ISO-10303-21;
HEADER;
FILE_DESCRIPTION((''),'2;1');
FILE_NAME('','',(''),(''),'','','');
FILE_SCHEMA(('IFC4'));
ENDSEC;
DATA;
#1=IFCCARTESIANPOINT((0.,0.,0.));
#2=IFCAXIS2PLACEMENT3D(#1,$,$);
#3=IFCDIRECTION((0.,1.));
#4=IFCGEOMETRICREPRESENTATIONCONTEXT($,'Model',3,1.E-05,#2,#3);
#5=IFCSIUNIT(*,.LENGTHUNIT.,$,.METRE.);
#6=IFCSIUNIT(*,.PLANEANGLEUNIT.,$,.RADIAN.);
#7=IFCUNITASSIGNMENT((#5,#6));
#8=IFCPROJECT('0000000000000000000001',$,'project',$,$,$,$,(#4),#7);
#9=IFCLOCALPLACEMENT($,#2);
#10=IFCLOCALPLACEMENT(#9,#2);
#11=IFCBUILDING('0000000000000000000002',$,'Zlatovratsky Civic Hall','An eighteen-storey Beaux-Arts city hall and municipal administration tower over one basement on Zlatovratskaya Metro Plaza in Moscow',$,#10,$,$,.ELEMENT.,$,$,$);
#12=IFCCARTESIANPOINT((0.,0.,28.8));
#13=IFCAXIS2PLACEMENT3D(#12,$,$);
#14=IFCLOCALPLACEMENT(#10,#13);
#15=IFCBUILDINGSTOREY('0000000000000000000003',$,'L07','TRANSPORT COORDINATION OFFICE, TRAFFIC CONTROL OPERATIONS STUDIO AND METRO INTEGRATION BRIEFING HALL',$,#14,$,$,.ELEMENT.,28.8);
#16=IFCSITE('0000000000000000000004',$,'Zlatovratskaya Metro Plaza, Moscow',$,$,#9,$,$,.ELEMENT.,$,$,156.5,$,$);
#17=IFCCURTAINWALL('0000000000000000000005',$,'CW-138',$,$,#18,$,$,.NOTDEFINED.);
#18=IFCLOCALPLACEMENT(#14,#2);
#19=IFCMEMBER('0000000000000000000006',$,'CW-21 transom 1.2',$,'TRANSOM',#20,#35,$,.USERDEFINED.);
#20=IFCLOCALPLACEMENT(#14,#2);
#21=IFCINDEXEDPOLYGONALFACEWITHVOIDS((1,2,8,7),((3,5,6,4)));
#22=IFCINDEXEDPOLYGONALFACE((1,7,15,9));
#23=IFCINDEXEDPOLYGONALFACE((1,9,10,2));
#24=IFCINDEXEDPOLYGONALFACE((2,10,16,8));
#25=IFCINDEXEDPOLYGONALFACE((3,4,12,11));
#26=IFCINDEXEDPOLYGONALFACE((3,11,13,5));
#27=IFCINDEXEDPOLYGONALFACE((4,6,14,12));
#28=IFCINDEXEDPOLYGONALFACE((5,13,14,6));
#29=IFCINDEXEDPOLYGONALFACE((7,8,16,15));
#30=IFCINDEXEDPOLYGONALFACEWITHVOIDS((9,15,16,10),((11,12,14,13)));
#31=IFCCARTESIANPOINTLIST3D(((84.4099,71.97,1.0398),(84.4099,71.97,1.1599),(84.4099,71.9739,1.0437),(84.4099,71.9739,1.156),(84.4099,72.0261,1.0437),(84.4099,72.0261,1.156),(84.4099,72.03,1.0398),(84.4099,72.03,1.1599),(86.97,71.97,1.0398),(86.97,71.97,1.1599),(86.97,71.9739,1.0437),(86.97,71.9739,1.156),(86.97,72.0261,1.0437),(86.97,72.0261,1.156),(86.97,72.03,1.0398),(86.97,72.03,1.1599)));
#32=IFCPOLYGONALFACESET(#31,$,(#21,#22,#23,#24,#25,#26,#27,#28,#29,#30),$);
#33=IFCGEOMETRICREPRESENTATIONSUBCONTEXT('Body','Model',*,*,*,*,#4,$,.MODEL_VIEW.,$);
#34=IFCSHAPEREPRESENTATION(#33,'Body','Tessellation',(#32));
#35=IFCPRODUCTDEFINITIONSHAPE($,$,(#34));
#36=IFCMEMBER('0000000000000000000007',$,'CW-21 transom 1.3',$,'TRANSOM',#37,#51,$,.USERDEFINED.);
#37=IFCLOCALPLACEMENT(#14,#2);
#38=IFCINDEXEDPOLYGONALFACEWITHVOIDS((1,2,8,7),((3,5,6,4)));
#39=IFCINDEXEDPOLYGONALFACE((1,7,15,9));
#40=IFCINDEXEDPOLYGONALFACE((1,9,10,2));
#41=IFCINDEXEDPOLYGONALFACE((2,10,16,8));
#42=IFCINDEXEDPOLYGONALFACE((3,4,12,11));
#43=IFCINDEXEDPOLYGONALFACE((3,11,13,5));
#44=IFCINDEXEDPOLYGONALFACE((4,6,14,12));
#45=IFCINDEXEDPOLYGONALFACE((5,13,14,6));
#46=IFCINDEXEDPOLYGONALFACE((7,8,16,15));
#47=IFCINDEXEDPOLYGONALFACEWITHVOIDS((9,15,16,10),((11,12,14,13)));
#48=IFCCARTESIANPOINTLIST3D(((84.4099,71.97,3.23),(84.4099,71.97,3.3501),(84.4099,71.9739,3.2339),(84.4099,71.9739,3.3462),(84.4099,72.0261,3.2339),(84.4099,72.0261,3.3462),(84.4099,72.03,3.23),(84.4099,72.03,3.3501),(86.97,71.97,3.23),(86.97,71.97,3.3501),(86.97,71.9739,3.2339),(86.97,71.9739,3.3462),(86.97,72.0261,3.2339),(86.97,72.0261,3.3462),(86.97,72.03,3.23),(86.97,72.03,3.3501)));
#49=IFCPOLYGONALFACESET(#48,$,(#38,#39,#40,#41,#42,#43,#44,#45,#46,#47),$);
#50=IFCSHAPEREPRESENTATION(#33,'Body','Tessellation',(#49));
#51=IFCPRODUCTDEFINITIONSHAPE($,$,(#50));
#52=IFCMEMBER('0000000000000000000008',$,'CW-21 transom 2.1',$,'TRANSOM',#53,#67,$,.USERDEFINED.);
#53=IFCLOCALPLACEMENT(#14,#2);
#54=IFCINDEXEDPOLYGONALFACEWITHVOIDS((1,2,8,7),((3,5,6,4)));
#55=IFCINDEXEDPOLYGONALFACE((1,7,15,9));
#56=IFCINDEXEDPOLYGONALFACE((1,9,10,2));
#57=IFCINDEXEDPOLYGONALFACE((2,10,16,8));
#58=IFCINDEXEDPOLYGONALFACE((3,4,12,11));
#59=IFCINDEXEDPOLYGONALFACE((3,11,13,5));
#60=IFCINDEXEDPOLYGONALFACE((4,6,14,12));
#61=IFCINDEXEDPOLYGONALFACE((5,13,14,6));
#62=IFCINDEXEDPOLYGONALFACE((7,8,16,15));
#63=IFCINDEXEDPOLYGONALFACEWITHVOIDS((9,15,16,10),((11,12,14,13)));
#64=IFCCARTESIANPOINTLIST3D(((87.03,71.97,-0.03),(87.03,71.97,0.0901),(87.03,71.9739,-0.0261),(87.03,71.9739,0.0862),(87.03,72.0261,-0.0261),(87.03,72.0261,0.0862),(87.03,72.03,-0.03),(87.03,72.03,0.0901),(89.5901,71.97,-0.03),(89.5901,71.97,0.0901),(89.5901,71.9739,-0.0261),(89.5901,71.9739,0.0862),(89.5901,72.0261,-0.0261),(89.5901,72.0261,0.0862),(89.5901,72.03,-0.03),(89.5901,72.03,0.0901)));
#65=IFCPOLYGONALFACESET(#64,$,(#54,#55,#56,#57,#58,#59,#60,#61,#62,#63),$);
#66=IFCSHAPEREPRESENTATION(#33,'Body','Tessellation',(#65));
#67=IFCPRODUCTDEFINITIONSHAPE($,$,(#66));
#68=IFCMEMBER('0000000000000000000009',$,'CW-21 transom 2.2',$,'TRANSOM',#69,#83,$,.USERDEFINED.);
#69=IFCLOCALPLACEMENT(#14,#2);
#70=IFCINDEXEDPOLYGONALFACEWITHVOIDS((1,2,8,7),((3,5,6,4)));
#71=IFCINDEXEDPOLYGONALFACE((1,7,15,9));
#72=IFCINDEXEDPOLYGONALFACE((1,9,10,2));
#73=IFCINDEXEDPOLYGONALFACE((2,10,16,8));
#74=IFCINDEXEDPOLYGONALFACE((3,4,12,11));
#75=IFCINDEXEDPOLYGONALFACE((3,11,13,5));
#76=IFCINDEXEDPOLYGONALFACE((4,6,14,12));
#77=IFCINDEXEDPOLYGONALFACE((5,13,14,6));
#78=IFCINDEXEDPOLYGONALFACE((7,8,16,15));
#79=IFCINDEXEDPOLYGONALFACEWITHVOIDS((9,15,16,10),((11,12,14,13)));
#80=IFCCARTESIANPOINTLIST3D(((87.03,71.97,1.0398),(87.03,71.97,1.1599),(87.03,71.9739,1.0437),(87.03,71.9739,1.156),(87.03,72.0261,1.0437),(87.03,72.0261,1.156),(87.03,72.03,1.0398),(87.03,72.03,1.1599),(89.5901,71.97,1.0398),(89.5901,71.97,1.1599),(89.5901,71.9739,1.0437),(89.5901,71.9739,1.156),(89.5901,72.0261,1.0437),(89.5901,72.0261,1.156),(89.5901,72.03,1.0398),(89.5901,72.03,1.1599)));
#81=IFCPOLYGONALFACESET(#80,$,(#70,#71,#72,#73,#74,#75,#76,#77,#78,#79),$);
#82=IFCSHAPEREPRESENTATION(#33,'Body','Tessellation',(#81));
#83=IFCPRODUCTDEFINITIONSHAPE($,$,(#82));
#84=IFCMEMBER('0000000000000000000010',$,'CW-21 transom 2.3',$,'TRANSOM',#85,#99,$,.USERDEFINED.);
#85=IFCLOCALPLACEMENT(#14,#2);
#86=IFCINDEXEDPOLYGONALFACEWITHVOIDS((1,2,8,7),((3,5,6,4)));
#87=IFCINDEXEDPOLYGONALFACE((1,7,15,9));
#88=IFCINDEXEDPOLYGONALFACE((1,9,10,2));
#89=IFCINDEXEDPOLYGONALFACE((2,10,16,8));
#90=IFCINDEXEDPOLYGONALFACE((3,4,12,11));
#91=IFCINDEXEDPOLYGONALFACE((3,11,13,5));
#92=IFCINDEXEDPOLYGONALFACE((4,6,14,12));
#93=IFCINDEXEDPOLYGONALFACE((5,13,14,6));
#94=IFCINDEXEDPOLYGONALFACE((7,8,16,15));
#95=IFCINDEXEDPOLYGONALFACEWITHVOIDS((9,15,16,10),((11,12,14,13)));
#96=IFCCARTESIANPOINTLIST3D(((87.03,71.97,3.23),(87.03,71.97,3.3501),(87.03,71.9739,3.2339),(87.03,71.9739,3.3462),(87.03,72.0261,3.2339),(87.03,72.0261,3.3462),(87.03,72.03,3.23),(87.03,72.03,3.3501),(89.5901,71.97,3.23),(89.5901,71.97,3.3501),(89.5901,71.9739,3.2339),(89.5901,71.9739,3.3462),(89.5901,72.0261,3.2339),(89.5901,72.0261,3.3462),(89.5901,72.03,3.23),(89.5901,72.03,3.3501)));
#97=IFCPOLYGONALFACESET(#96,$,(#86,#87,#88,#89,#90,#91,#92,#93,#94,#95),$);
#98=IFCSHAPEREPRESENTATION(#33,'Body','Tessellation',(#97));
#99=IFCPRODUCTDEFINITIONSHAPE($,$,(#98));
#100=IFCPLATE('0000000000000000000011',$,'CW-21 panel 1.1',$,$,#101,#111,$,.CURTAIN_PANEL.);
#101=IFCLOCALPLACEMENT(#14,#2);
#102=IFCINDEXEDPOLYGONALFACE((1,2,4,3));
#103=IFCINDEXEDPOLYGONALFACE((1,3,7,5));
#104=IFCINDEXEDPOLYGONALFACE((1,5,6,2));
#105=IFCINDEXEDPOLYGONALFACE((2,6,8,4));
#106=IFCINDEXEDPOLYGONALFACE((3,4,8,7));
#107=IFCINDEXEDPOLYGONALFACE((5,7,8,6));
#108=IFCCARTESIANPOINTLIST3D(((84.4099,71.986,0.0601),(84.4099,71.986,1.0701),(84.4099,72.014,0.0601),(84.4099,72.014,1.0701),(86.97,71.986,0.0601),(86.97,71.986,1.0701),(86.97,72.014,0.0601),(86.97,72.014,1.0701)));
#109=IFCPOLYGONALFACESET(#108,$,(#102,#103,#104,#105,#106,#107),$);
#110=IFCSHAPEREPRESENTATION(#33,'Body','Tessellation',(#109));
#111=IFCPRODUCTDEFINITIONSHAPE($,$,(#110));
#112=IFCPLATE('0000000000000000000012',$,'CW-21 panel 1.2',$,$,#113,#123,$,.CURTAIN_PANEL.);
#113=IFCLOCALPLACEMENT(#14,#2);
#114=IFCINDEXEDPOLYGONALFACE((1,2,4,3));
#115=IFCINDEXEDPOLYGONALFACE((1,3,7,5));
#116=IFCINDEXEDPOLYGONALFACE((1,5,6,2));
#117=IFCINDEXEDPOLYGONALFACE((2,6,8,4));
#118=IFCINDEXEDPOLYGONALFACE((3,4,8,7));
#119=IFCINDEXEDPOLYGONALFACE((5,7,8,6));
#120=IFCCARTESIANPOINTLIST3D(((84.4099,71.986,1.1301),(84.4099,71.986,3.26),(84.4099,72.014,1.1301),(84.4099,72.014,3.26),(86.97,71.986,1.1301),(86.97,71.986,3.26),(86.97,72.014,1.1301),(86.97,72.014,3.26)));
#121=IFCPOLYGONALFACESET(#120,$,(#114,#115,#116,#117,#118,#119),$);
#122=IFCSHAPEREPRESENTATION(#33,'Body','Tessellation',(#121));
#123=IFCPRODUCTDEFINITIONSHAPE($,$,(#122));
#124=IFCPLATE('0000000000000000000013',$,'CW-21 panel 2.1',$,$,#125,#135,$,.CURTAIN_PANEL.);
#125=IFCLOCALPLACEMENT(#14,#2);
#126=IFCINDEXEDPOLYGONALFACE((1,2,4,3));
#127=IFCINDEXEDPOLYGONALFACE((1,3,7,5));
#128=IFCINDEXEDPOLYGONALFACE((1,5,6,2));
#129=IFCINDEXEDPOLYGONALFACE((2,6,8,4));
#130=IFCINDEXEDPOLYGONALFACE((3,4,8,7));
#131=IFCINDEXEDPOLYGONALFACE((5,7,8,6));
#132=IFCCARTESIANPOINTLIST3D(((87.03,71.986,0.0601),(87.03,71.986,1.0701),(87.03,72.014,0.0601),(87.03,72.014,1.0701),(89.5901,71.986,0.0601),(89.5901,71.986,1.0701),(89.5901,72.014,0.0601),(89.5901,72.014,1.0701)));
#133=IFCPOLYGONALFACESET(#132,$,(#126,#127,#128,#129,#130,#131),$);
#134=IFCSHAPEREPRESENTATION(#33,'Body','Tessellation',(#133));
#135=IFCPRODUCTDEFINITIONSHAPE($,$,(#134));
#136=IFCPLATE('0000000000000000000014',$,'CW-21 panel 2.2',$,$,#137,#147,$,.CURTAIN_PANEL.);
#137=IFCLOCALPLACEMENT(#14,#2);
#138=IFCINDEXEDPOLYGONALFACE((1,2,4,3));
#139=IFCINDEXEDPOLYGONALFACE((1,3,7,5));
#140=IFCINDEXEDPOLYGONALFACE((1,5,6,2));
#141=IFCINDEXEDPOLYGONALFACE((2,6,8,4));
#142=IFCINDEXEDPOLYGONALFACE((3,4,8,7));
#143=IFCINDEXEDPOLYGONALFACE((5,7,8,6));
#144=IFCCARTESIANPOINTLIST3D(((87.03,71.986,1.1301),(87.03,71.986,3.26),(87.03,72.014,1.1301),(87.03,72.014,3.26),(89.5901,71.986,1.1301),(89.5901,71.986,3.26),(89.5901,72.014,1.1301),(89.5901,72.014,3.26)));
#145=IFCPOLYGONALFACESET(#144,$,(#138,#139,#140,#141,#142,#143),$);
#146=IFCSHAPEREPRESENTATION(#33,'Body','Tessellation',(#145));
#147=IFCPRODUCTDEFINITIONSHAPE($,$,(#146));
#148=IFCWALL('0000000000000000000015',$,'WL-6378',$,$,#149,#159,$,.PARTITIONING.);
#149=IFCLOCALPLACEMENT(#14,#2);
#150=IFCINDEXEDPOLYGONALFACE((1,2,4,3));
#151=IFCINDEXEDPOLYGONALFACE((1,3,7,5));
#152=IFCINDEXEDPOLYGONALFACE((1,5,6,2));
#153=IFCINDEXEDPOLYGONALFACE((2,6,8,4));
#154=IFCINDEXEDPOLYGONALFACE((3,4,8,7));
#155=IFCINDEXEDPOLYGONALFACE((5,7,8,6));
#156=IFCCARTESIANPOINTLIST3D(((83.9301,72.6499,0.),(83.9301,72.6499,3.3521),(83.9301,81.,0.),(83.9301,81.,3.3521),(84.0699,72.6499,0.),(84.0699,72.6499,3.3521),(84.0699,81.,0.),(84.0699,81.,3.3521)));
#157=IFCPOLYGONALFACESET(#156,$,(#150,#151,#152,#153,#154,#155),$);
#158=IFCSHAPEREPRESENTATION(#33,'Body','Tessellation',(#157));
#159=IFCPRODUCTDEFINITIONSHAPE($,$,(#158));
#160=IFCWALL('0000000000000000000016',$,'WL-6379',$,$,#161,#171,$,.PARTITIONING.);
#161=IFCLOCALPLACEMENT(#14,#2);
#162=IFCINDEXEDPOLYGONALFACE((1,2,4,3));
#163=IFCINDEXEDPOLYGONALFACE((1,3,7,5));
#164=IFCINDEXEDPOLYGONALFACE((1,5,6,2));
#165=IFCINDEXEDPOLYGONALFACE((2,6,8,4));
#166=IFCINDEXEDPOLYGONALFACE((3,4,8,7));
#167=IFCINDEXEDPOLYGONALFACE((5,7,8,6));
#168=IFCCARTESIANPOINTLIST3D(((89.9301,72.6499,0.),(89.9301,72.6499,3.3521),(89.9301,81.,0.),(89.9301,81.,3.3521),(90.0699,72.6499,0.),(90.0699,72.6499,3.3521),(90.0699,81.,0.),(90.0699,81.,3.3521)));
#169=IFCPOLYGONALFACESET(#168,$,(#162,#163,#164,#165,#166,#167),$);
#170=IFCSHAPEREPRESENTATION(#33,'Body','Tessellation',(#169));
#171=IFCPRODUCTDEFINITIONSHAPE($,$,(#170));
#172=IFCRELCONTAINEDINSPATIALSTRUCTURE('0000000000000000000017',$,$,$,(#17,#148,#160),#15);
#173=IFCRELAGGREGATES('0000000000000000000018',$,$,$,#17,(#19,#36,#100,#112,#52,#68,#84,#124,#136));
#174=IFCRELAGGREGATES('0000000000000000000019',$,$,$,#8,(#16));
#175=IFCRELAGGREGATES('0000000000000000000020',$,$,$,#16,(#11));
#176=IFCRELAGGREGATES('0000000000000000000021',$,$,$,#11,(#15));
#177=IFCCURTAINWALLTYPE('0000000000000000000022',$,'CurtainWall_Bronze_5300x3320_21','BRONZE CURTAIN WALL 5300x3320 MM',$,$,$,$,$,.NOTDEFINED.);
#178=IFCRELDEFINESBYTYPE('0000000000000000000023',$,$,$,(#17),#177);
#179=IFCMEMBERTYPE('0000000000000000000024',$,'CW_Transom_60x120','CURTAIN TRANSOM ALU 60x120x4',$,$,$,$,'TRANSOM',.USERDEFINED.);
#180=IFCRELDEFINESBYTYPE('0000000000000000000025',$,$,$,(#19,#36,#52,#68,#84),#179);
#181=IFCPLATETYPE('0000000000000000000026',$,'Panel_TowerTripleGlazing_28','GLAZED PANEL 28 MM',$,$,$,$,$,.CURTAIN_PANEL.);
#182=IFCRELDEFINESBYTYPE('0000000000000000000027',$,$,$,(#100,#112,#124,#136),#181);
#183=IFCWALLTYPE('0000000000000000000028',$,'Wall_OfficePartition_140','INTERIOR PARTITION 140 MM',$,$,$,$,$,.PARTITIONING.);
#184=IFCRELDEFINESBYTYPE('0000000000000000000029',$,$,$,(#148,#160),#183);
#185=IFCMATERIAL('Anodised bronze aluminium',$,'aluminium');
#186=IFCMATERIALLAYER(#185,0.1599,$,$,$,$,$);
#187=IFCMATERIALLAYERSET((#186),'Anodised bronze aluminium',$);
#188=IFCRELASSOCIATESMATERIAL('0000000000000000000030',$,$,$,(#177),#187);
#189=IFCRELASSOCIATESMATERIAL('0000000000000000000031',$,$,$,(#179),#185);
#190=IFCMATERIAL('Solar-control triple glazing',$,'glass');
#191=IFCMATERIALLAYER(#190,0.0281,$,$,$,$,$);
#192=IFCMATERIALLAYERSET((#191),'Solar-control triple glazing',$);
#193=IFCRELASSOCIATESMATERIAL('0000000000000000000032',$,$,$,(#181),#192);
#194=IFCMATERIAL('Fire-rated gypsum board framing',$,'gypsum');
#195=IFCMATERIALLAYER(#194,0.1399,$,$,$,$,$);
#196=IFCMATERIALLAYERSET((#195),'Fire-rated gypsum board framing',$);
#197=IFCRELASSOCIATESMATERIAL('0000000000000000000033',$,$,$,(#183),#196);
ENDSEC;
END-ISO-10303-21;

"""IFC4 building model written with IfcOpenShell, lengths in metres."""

from ifc_helpers import new_model, si_unit, direction, frame, frame_2d, origin, origin_2d, place, context, subcontext, project, spatial, rectangle, hollow_rectangle, extrude, material, layer, layer_set, material_profile, profile_set, type_object, element, aggregate, save


model = new_model("IFC4")

# Units and contexts
model_context = context("Model", 3, precision=1e-05, world=origin(), true_north=direction((0.0, 1.0)))
body_context = subcontext(model_context, "Body", "Model", "MODEL_VIEW")
ifc_project = project(units=[si_unit("LENGTHUNIT", "METRE"), si_unit("PLANEANGLEUNIT", "RADIAN")], contexts=[model_context])

# Site, building, storey
site_placement = place(None, origin())
site = spatial("IfcSite", under=ifc_project, at=site_placement, Name="Zlatovratskaya Metro Plaza, Moscow", CompositionType="ELEMENT", RefElevation=156.5)
building_placement = place(site_placement, origin())
building = spatial("IfcBuilding", under=site, at=building_placement, Name="Zlatovratsky Civic Hall", Description="An eighteen-storey Beaux-Arts city hall and municipal administration tower over one basement on Zlatovratskaya Metro Plaza in Moscow", CompositionType="ELEMENT")
storey_placement = place(building_placement, frame((0.0, 0.0, 28.8)))
storey = spatial("IfcBuildingStorey", under=building, at=storey_placement, Name="L07", Description="TRANSPORT COORDINATION OFFICE, TRAFFIC CONTROL OPERATIONS STUDIO AND METRO INTEGRATION BRIEFING HALL", CompositionType="ELEMENT", Elevation=28.8)

# Shared definitions
ifc_material_1 = material(Name="Anodised bronze aluminium", Category="aluminium")
ifc_layer_1 = layer(ifc_material_1, 0.1599)
ifc_layer_set_1 = layer_set([ifc_layer_1], Name="Anodised bronze aluminium")
curtain_wall_type = type_object("IfcCurtainWallType", Name="CurtainWall_Bronze_5300x3320_21", Description="BRONZE CURTAIN WALL 5300x3320 MM", PredefinedType="NOTDEFINED", material=ifc_layer_set_1)

# Curtain wall, members, plates
curtain_wall_1_placement = place(storey_placement, origin())
curtain_wall_1 = element("IfcCurtainWall", 1, at=curtain_wall_1_placement, inside=storey, type_object=curtain_wall_type, Name="CW-138", PredefinedType="NOTDEFINED")
ifc_material_profile_1 = material_profile(ifc_material_1, hollow_rectangle(XDim=0.0601, YDim=0.1201, WallThickness=0.0039, at=origin_2d()), Name="ALU 60x120x4")
ifc_profile_set_1 = profile_set([ifc_material_profile_1], Name="Anodised bronze aluminium")
member_type_1 = type_object("IfcMemberType", Name="CW_Transom_60x120", Description="CURTAIN TRANSOM ALU 60x120x4", ElementType="TRANSOM", PredefinedType="USERDEFINED", material=ifc_profile_set_1)
member_1_placement = place(storey_placement, frame((84.4099, 72.0, 1.0999), z_axis=(1.0, 0.0, 0.0), x_axis=(0.0, 1.0, 0.0)))
member_1 = element("IfcMember", 2, at=member_1_placement, type_object=member_type_1, Name="CW-21 transom 1.2", ObjectType="TRANSOM", PredefinedType="USERDEFINED", context=body_context, shape_type="SweptSolid", body=[
    extrude(hollow_rectangle(XDim=0.0601, YDim=0.1201, WallThickness=0.0039, at=origin_2d()), origin(), (0.0, 0.0, 1.0), 2.5601),
])
member_2_placement = place(storey_placement, frame((84.4099, 72.0, 3.29), z_axis=(1.0, 0.0, 0.0), x_axis=(0.0, 1.0, 0.0)))
member_2 = element("IfcMember", 3, at=member_2_placement, type_object=member_type_1, Name="CW-21 transom 1.3", ObjectType="TRANSOM", PredefinedType="USERDEFINED", context=body_context, shape_type="SweptSolid", body=[
    extrude(hollow_rectangle(XDim=0.0601, YDim=0.1201, WallThickness=0.0039, at=origin_2d()), origin(), (0.0, 0.0, 1.0), 2.5601),
])
member_3_placement = place(storey_placement, frame((87.03, 72.0, 0.03), z_axis=(1.0, 0.0, 0.0), x_axis=(0.0, 1.0, 0.0)))
member_3 = element("IfcMember", 4, at=member_3_placement, type_object=member_type_1, Name="CW-21 transom 2.1", ObjectType="TRANSOM", PredefinedType="USERDEFINED", context=body_context, shape_type="SweptSolid", body=[
    extrude(hollow_rectangle(XDim=0.0601, YDim=0.1201, WallThickness=0.0039, at=origin_2d()), origin(), (0.0, 0.0, 1.0), 2.5601),
])
member_4_placement = place(storey_placement, frame((87.03, 72.0, 1.0999), z_axis=(1.0, 0.0, 0.0), x_axis=(0.0, 1.0, 0.0)))
member_4 = element("IfcMember", 5, at=member_4_placement, type_object=member_type_1, Name="CW-21 transom 2.2", ObjectType="TRANSOM", PredefinedType="USERDEFINED", context=body_context, shape_type="SweptSolid", body=[
    extrude(hollow_rectangle(XDim=0.0601, YDim=0.1201, WallThickness=0.0039, at=origin_2d()), origin(), (0.0, 0.0, 1.0), 2.5601),
])
member_5_placement = place(storey_placement, frame((87.03, 72.0, 3.29), z_axis=(1.0, 0.0, 0.0), x_axis=(0.0, 1.0, 0.0)))
member_5 = element("IfcMember", 6, at=member_5_placement, type_object=member_type_1, Name="CW-21 transom 2.3", ObjectType="TRANSOM", PredefinedType="USERDEFINED", context=body_context, shape_type="SweptSolid", body=[
    extrude(hollow_rectangle(XDim=0.0601, YDim=0.1201, WallThickness=0.0039, at=origin_2d()), origin(), (0.0, 0.0, 1.0), 2.5601),
])
ifc_material_2 = material(Name="Solar-control triple glazing", Category="glass")
ifc_layer_2 = layer(ifc_material_2, 0.0281)
ifc_layer_set_2 = layer_set([ifc_layer_2], Name="Solar-control triple glazing")
plate_type = type_object("IfcPlateType", Name="Panel_TowerTripleGlazing_28", Description="GLAZED PANEL 28 MM", PredefinedType="CURTAIN_PANEL", material=ifc_layer_set_2)
plate_1_placement = place(storey_placement, frame((85.6899, 72.0, 0.0601), z_axis=(0.0, 0.0, 1.0), x_axis=(1.0, 0.0, 0.0)))
plate_1 = element("IfcPlate", 7, at=plate_1_placement, type_object=plate_type, Name="CW-21 panel 1.1", PredefinedType="CURTAIN_PANEL", context=body_context, shape_type="SweptSolid", body=[
    extrude(rectangle(XDim=2.5601, YDim=0.0281, at=origin_2d()), origin(), (0.0, 0.0, 1.0), 1.01),
])
plate_2_placement = place(storey_placement, frame((85.6899, 72.0, 1.1301), z_axis=(0.0, 0.0, 1.0), x_axis=(1.0, 0.0, 0.0)))
plate_2 = element("IfcPlate", 8, at=plate_2_placement, type_object=plate_type, Name="CW-21 panel 1.2", PredefinedType="CURTAIN_PANEL", context=body_context, shape_type="SweptSolid", body=[
    extrude(rectangle(XDim=2.5601, YDim=0.0281, at=origin_2d()), origin(), (0.0, 0.0, 1.0), 2.1299),
])
plate_3_placement = place(storey_placement, frame((88.3101, 72.0, 0.0601), z_axis=(0.0, 0.0, 1.0), x_axis=(1.0, 0.0, 0.0)))
plate_3 = element("IfcPlate", 9, at=plate_3_placement, type_object=plate_type, Name="CW-21 panel 2.1", PredefinedType="CURTAIN_PANEL", context=body_context, shape_type="SweptSolid", body=[
    extrude(rectangle(XDim=2.5601, YDim=0.0281, at=origin_2d()), origin(), (0.0, 0.0, 1.0), 1.01),
])
plate_4_placement = place(storey_placement, frame((88.3101, 72.0, 1.1301), z_axis=(0.0, 0.0, 1.0), x_axis=(1.0, 0.0, 0.0)))
plate_4 = element("IfcPlate", 10, at=plate_4_placement, type_object=plate_type, Name="CW-21 panel 2.2", PredefinedType="CURTAIN_PANEL", context=body_context, shape_type="SweptSolid", body=[
    extrude(rectangle(XDim=2.5601, YDim=0.0281, at=origin_2d()), origin(), (0.0, 0.0, 1.0), 2.1299),
])
aggregate(curtain_wall_1, [member_1, member_2, plate_1, plate_2, member_3, member_4, member_5, plate_3, plate_4])

# Walls
ifc_material_3 = material(Name="Fire-rated gypsum board framing", Category="gypsum")
ifc_layer_3 = layer(ifc_material_3, 0.1399)
ifc_layer_set_3 = layer_set([ifc_layer_3], Name="Fire-rated gypsum board framing")
wall_type_1 = type_object("IfcWallType", Name="Wall_OfficePartition_140", Description="INTERIOR PARTITION 140 MM", PredefinedType="PARTITIONING", material=ifc_layer_set_3)
for number, where, z_axis, x_axis, name in (
    (11, (84.0, 72.6499, 0.0), (0.0, 0.0, 1.0), (0.0, 1.0, 0.0), "WL-6378"),
    (12, (90.0, 72.6499, 0.0), (0.0, 0.0, 1.0), (0.0, 1.0, 0.0), "WL-6379"),
):
    element("IfcWall", number, at=place(storey_placement, frame(where, z_axis=z_axis, x_axis=x_axis)), inside=storey, type_object=wall_type_1, Name=name, PredefinedType="PARTITIONING", context=body_context, shape_type="SweptSolid", body=[
        extrude(rectangle(XDim=8.3501, YDim=0.1399, at=frame_2d((4.175, 0.0))), origin(), (0.0, 0.0, 1.0), 3.3521),
    ])

save(model, "model.ifc")
